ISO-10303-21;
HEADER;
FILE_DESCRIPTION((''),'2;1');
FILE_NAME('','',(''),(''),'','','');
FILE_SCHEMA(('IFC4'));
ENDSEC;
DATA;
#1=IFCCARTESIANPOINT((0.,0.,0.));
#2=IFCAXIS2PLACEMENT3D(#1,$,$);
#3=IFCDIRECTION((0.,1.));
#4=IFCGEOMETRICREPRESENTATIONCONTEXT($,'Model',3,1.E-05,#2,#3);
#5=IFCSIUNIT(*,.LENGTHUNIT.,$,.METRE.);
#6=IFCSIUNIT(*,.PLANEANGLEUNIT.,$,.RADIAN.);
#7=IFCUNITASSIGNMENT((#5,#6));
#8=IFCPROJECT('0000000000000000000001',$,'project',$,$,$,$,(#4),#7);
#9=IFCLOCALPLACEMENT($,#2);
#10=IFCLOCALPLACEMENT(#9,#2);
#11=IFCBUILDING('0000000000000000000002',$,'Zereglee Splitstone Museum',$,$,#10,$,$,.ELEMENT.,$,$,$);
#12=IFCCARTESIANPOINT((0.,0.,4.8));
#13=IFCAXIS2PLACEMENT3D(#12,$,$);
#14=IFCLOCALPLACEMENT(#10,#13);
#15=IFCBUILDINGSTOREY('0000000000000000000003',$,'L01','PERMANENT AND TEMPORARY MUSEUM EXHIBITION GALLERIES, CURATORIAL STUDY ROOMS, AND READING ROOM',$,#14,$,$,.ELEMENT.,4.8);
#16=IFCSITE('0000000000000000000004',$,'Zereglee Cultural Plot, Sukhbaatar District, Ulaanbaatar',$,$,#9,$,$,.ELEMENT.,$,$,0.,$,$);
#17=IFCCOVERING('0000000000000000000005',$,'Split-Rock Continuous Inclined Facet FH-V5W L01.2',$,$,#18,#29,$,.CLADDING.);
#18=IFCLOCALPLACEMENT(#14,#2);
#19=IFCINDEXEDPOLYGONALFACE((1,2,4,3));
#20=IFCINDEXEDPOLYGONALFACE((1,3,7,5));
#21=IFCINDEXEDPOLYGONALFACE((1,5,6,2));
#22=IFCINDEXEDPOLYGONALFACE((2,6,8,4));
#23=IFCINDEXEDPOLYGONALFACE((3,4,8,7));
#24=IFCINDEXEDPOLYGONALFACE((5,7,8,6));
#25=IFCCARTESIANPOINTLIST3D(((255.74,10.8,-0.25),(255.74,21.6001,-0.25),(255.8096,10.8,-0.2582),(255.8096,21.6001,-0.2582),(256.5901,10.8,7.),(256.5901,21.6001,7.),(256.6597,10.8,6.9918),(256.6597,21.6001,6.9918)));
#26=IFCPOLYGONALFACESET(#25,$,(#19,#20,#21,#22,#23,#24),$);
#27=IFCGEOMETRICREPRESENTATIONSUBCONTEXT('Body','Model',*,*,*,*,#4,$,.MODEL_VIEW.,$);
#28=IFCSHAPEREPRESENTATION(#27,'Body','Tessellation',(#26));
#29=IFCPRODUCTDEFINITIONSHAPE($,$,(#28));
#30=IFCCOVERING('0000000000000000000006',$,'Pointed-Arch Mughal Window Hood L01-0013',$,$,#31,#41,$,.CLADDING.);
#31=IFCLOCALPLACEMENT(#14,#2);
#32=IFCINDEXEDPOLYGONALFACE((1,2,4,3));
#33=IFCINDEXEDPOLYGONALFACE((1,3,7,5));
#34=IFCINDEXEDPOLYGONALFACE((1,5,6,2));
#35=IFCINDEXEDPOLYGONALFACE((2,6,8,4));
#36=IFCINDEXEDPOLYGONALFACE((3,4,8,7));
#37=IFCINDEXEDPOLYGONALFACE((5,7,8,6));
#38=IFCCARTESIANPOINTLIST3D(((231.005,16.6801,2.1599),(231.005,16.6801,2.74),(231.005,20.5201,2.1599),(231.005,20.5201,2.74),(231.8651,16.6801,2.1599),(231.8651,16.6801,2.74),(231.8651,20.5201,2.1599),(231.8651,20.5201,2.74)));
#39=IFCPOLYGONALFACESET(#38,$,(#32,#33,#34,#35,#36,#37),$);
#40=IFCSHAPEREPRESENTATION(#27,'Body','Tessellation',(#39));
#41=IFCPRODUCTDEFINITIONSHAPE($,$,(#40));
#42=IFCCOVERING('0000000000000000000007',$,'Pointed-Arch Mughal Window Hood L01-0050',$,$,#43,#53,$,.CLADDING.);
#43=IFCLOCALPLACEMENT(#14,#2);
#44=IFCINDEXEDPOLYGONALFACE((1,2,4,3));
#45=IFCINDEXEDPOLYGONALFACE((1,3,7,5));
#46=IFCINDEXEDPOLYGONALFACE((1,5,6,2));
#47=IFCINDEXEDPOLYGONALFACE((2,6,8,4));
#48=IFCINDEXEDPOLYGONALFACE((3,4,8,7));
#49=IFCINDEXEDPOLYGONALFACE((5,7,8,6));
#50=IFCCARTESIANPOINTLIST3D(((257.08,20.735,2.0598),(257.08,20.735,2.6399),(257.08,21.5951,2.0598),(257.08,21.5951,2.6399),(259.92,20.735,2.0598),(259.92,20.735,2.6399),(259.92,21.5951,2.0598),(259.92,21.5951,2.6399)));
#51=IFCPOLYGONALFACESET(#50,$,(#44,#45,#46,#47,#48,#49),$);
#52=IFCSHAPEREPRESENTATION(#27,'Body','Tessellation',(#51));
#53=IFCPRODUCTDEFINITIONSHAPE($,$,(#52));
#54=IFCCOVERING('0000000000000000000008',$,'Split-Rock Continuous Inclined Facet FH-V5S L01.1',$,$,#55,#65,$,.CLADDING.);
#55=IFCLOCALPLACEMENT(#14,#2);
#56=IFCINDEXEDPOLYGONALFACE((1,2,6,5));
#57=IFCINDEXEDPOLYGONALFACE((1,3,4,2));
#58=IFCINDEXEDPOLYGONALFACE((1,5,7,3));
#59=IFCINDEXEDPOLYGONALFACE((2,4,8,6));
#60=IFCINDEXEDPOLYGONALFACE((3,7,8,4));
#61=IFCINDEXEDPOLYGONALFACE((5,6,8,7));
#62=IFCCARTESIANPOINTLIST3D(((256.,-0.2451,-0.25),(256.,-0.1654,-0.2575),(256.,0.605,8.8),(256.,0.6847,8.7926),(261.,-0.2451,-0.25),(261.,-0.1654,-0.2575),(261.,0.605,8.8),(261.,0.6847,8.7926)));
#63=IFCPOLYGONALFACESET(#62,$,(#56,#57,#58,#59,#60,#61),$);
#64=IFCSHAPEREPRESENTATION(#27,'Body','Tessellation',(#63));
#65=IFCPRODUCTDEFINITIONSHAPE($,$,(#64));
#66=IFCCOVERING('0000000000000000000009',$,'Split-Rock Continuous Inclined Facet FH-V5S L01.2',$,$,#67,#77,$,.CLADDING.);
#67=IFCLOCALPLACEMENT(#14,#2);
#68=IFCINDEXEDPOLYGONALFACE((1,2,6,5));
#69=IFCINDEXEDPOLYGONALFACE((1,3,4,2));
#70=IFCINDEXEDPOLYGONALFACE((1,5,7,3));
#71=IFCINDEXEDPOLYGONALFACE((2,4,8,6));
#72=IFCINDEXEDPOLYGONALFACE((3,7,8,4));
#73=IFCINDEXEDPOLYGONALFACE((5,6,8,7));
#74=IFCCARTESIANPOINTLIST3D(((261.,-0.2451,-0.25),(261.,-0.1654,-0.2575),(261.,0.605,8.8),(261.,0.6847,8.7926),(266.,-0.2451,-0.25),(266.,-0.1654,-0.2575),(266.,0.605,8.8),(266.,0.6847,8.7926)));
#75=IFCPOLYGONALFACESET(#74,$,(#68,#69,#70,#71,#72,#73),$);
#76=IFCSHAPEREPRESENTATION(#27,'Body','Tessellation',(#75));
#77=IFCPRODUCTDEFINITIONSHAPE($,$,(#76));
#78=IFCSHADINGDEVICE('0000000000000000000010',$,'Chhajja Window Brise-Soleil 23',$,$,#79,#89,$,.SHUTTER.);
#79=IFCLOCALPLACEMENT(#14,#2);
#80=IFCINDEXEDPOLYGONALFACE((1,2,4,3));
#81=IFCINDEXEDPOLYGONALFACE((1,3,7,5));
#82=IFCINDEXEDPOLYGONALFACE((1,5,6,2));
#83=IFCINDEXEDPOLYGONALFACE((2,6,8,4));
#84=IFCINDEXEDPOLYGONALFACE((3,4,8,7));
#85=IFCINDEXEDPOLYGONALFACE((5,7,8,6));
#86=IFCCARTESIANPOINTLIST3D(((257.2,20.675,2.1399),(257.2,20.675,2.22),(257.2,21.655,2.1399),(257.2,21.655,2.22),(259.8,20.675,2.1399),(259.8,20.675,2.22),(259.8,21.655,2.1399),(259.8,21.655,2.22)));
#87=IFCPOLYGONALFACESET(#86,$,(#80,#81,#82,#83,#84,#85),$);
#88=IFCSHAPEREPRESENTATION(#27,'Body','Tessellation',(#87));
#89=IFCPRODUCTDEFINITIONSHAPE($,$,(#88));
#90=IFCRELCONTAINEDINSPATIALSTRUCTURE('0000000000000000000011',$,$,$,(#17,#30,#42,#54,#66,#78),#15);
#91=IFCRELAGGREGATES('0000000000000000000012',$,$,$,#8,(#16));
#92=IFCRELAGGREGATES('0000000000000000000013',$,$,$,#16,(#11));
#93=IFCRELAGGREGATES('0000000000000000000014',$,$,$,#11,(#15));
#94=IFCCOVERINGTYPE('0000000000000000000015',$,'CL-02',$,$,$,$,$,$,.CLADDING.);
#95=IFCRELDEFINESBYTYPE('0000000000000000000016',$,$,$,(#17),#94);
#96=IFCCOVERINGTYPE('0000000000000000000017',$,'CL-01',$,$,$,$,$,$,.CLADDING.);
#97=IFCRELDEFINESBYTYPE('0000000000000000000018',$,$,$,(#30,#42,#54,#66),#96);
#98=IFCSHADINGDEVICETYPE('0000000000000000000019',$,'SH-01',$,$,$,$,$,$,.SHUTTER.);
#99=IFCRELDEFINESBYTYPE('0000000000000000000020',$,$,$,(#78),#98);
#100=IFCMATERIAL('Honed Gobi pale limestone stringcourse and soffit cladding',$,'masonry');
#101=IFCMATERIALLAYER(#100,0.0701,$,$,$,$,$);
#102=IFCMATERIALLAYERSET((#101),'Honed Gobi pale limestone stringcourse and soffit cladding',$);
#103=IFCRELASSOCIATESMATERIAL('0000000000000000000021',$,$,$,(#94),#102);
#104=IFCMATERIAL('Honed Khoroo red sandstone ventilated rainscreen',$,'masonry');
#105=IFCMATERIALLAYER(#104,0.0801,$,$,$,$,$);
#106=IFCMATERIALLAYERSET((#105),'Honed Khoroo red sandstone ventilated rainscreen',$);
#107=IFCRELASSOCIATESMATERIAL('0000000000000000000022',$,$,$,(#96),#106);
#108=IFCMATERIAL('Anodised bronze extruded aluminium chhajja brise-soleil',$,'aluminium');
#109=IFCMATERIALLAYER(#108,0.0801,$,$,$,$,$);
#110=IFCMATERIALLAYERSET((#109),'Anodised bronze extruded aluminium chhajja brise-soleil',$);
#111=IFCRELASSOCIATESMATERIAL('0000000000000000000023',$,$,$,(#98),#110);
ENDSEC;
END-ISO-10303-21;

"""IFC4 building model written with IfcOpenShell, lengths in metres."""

from ifc_helpers import new_model, si_unit, direction, frame, origin, origin_2d, place, context, subcontext, project, spatial, polyline, rectangle, outline, extrude, material, layer, layer_set, type_object, element, save


model = new_model("IFC4")

# Units and contexts
model_context = context("Model", 3, precision=1e-05, world=origin(), true_north=direction((0.0, 1.0)))
body_context = subcontext(model_context, "Body", "Model", "MODEL_VIEW")
ifc_project = project(units=[si_unit("LENGTHUNIT", "METRE"), si_unit("PLANEANGLEUNIT", "RADIAN")], contexts=[model_context])

# Site, building, storey
site_placement = place(None, origin())
site = spatial("IfcSite", under=ifc_project, at=site_placement, Name="Zereglee Cultural Plot, Sukhbaatar District, Ulaanbaatar", CompositionType="ELEMENT", RefElevation=0.0)
building_placement = place(site_placement, origin())
building = spatial("IfcBuilding", under=site, at=building_placement, Name="Zereglee Splitstone Museum", CompositionType="ELEMENT")
storey_placement = place(building_placement, frame((0.0, 0.0, 4.8)))
storey = spatial("IfcBuildingStorey", under=building, at=storey_placement, Name="L01", Description="PERMANENT AND TEMPORARY MUSEUM EXHIBITION GALLERIES, CURATORIAL STUDY ROOMS, AND READING ROOM", CompositionType="ELEMENT", Elevation=4.8)

# Coverings
ifc_material_1 = material(Name="Honed Gobi pale limestone stringcourse and soffit cladding", Category="masonry")
ifc_layer_1 = layer(ifc_material_1, 0.0701)
ifc_layer_set_1 = layer_set([ifc_layer_1], Name="Honed Gobi pale limestone stringcourse and soffit cladding")
covering_type_1 = type_object("IfcCoveringType", Name="CL-02", PredefinedType="CLADDING", material=ifc_layer_set_1)
for number, where, z_axis, x_axis, name in (
    (1, (256.5901, 10.8, 7.0), (-0.993196, 0.0, 0.116457), (0.0, 1.0, 0.0), "Split-Rock Continuous Inclined Facet FH-V5W L01.2"),
):
    element("IfcCovering", number, at=place(storey_placement, frame(where, z_axis=z_axis, x_axis=x_axis)), inside=storey, type_object=covering_type_1, Name=name, PredefinedType="CLADDING", context=body_context, shape_type="SweptSolid", body=[
        extrude(outline(polyline([(0.0, 0.0), (10.8, 0.0), (10.8, 7.2997), (0.0, 7.2997), (0.0, 0.0)])), origin(), (0.0, 0.0, -1.0), 0.0701),
    ])
ifc_material_2 = material(Name="Honed Khoroo red sandstone ventilated rainscreen", Category="masonry")
ifc_layer_2 = layer(ifc_material_2, 0.0801)
ifc_layer_set_2 = layer_set([ifc_layer_2], Name="Honed Khoroo red sandstone ventilated rainscreen")
covering_type_2 = type_object("IfcCoveringType", Name="CL-01", PredefinedType="CLADDING", material=ifc_layer_set_2)
covering_1_placement = place(storey_placement, frame((231.4351, 18.6001, 2.1599), z_axis=(0.0, 0.0, 1.0), x_axis=(0.0, 1.0, 0.0)))
element("IfcCovering", 2, at=covering_1_placement, inside=storey, type_object=covering_type_2, Name="Pointed-Arch Mughal Window Hood L01-0013", PredefinedType="CLADDING", context=body_context, shape_type="SweptSolid", body=[
    extrude(rectangle(XDim=3.8401, YDim=0.8601, at=origin_2d()), origin(), (0.0, 0.0, 1.0), 0.5801),
])
covering_2_placement = place(storey_placement, frame((258.5, 21.165, 2.0598), z_axis=(0.0, 0.0, 1.0), x_axis=(1.0, 0.0, 0.0)))
element("IfcCovering", 3, at=covering_2_placement, inside=storey, type_object=covering_type_2, Name="Pointed-Arch Mughal Window Hood L01-0050", PredefinedType="CLADDING", context=body_context, shape_type="SweptSolid", body=[
    extrude(rectangle(XDim=2.8401, YDim=0.8601, at=origin_2d()), origin(), (0.0, 0.0, 1.0), 0.5801),
])
for number, where, z_axis, x_axis, name in (
    (4, (256.0, -0.2451, -0.25), (0.0, -0.995617, 0.093521), (1.0, 0.0, 0.0), "Split-Rock Continuous Inclined Facet FH-V5S L01.1"),
    (5, (261.0, -0.2451, -0.25), (0.0, -0.995617, 0.093521), (1.0, 0.0, 0.0), "Split-Rock Continuous Inclined Facet FH-V5S L01.2"),
):
    element("IfcCovering", number, at=place(storey_placement, frame(where, z_axis=z_axis, x_axis=x_axis)), inside=storey, type_object=covering_type_2, Name=name, PredefinedType="CLADDING", context=body_context, shape_type="SweptSolid", body=[
        extrude(outline(polyline([(0.0, 0.0), (5.0, 0.0), (5.0, 9.0899), (0.0, 9.0899), (0.0, 0.0)])), origin(), (0.0, 0.0, -1.0), 0.0801),
    ])

# Shading device
ifc_material_3 = material(Name="Anodised bronze extruded aluminium chhajja brise-soleil", Category="aluminium")
ifc_layer_3 = layer(ifc_material_3, 0.0801)
ifc_layer_set_3 = layer_set([ifc_layer_3], Name="Anodised bronze extruded aluminium chhajja brise-soleil")
shading_device_type = type_object("IfcShadingDeviceType", Name="SH-01", PredefinedType="SHUTTER", material=ifc_layer_set_3)
shading_device_placement = place(storey_placement, frame((258.5, 21.165, 2.1399), z_axis=(0.0, 0.0, 1.0), x_axis=(1.0, 0.0, 0.0)))
element("IfcShadingDevice", 6, at=shading_device_placement, inside=storey, type_object=shading_device_type, Name="Chhajja Window Brise-Soleil 23", PredefinedType="SHUTTER", context=body_context, shape_type="SweptSolid", body=[
    extrude(rectangle(XDim=2.6001, YDim=0.98, at=origin_2d()), origin(), (0.0, 0.0, 1.0), 0.0801),
])

save(model, "model.ifc")
